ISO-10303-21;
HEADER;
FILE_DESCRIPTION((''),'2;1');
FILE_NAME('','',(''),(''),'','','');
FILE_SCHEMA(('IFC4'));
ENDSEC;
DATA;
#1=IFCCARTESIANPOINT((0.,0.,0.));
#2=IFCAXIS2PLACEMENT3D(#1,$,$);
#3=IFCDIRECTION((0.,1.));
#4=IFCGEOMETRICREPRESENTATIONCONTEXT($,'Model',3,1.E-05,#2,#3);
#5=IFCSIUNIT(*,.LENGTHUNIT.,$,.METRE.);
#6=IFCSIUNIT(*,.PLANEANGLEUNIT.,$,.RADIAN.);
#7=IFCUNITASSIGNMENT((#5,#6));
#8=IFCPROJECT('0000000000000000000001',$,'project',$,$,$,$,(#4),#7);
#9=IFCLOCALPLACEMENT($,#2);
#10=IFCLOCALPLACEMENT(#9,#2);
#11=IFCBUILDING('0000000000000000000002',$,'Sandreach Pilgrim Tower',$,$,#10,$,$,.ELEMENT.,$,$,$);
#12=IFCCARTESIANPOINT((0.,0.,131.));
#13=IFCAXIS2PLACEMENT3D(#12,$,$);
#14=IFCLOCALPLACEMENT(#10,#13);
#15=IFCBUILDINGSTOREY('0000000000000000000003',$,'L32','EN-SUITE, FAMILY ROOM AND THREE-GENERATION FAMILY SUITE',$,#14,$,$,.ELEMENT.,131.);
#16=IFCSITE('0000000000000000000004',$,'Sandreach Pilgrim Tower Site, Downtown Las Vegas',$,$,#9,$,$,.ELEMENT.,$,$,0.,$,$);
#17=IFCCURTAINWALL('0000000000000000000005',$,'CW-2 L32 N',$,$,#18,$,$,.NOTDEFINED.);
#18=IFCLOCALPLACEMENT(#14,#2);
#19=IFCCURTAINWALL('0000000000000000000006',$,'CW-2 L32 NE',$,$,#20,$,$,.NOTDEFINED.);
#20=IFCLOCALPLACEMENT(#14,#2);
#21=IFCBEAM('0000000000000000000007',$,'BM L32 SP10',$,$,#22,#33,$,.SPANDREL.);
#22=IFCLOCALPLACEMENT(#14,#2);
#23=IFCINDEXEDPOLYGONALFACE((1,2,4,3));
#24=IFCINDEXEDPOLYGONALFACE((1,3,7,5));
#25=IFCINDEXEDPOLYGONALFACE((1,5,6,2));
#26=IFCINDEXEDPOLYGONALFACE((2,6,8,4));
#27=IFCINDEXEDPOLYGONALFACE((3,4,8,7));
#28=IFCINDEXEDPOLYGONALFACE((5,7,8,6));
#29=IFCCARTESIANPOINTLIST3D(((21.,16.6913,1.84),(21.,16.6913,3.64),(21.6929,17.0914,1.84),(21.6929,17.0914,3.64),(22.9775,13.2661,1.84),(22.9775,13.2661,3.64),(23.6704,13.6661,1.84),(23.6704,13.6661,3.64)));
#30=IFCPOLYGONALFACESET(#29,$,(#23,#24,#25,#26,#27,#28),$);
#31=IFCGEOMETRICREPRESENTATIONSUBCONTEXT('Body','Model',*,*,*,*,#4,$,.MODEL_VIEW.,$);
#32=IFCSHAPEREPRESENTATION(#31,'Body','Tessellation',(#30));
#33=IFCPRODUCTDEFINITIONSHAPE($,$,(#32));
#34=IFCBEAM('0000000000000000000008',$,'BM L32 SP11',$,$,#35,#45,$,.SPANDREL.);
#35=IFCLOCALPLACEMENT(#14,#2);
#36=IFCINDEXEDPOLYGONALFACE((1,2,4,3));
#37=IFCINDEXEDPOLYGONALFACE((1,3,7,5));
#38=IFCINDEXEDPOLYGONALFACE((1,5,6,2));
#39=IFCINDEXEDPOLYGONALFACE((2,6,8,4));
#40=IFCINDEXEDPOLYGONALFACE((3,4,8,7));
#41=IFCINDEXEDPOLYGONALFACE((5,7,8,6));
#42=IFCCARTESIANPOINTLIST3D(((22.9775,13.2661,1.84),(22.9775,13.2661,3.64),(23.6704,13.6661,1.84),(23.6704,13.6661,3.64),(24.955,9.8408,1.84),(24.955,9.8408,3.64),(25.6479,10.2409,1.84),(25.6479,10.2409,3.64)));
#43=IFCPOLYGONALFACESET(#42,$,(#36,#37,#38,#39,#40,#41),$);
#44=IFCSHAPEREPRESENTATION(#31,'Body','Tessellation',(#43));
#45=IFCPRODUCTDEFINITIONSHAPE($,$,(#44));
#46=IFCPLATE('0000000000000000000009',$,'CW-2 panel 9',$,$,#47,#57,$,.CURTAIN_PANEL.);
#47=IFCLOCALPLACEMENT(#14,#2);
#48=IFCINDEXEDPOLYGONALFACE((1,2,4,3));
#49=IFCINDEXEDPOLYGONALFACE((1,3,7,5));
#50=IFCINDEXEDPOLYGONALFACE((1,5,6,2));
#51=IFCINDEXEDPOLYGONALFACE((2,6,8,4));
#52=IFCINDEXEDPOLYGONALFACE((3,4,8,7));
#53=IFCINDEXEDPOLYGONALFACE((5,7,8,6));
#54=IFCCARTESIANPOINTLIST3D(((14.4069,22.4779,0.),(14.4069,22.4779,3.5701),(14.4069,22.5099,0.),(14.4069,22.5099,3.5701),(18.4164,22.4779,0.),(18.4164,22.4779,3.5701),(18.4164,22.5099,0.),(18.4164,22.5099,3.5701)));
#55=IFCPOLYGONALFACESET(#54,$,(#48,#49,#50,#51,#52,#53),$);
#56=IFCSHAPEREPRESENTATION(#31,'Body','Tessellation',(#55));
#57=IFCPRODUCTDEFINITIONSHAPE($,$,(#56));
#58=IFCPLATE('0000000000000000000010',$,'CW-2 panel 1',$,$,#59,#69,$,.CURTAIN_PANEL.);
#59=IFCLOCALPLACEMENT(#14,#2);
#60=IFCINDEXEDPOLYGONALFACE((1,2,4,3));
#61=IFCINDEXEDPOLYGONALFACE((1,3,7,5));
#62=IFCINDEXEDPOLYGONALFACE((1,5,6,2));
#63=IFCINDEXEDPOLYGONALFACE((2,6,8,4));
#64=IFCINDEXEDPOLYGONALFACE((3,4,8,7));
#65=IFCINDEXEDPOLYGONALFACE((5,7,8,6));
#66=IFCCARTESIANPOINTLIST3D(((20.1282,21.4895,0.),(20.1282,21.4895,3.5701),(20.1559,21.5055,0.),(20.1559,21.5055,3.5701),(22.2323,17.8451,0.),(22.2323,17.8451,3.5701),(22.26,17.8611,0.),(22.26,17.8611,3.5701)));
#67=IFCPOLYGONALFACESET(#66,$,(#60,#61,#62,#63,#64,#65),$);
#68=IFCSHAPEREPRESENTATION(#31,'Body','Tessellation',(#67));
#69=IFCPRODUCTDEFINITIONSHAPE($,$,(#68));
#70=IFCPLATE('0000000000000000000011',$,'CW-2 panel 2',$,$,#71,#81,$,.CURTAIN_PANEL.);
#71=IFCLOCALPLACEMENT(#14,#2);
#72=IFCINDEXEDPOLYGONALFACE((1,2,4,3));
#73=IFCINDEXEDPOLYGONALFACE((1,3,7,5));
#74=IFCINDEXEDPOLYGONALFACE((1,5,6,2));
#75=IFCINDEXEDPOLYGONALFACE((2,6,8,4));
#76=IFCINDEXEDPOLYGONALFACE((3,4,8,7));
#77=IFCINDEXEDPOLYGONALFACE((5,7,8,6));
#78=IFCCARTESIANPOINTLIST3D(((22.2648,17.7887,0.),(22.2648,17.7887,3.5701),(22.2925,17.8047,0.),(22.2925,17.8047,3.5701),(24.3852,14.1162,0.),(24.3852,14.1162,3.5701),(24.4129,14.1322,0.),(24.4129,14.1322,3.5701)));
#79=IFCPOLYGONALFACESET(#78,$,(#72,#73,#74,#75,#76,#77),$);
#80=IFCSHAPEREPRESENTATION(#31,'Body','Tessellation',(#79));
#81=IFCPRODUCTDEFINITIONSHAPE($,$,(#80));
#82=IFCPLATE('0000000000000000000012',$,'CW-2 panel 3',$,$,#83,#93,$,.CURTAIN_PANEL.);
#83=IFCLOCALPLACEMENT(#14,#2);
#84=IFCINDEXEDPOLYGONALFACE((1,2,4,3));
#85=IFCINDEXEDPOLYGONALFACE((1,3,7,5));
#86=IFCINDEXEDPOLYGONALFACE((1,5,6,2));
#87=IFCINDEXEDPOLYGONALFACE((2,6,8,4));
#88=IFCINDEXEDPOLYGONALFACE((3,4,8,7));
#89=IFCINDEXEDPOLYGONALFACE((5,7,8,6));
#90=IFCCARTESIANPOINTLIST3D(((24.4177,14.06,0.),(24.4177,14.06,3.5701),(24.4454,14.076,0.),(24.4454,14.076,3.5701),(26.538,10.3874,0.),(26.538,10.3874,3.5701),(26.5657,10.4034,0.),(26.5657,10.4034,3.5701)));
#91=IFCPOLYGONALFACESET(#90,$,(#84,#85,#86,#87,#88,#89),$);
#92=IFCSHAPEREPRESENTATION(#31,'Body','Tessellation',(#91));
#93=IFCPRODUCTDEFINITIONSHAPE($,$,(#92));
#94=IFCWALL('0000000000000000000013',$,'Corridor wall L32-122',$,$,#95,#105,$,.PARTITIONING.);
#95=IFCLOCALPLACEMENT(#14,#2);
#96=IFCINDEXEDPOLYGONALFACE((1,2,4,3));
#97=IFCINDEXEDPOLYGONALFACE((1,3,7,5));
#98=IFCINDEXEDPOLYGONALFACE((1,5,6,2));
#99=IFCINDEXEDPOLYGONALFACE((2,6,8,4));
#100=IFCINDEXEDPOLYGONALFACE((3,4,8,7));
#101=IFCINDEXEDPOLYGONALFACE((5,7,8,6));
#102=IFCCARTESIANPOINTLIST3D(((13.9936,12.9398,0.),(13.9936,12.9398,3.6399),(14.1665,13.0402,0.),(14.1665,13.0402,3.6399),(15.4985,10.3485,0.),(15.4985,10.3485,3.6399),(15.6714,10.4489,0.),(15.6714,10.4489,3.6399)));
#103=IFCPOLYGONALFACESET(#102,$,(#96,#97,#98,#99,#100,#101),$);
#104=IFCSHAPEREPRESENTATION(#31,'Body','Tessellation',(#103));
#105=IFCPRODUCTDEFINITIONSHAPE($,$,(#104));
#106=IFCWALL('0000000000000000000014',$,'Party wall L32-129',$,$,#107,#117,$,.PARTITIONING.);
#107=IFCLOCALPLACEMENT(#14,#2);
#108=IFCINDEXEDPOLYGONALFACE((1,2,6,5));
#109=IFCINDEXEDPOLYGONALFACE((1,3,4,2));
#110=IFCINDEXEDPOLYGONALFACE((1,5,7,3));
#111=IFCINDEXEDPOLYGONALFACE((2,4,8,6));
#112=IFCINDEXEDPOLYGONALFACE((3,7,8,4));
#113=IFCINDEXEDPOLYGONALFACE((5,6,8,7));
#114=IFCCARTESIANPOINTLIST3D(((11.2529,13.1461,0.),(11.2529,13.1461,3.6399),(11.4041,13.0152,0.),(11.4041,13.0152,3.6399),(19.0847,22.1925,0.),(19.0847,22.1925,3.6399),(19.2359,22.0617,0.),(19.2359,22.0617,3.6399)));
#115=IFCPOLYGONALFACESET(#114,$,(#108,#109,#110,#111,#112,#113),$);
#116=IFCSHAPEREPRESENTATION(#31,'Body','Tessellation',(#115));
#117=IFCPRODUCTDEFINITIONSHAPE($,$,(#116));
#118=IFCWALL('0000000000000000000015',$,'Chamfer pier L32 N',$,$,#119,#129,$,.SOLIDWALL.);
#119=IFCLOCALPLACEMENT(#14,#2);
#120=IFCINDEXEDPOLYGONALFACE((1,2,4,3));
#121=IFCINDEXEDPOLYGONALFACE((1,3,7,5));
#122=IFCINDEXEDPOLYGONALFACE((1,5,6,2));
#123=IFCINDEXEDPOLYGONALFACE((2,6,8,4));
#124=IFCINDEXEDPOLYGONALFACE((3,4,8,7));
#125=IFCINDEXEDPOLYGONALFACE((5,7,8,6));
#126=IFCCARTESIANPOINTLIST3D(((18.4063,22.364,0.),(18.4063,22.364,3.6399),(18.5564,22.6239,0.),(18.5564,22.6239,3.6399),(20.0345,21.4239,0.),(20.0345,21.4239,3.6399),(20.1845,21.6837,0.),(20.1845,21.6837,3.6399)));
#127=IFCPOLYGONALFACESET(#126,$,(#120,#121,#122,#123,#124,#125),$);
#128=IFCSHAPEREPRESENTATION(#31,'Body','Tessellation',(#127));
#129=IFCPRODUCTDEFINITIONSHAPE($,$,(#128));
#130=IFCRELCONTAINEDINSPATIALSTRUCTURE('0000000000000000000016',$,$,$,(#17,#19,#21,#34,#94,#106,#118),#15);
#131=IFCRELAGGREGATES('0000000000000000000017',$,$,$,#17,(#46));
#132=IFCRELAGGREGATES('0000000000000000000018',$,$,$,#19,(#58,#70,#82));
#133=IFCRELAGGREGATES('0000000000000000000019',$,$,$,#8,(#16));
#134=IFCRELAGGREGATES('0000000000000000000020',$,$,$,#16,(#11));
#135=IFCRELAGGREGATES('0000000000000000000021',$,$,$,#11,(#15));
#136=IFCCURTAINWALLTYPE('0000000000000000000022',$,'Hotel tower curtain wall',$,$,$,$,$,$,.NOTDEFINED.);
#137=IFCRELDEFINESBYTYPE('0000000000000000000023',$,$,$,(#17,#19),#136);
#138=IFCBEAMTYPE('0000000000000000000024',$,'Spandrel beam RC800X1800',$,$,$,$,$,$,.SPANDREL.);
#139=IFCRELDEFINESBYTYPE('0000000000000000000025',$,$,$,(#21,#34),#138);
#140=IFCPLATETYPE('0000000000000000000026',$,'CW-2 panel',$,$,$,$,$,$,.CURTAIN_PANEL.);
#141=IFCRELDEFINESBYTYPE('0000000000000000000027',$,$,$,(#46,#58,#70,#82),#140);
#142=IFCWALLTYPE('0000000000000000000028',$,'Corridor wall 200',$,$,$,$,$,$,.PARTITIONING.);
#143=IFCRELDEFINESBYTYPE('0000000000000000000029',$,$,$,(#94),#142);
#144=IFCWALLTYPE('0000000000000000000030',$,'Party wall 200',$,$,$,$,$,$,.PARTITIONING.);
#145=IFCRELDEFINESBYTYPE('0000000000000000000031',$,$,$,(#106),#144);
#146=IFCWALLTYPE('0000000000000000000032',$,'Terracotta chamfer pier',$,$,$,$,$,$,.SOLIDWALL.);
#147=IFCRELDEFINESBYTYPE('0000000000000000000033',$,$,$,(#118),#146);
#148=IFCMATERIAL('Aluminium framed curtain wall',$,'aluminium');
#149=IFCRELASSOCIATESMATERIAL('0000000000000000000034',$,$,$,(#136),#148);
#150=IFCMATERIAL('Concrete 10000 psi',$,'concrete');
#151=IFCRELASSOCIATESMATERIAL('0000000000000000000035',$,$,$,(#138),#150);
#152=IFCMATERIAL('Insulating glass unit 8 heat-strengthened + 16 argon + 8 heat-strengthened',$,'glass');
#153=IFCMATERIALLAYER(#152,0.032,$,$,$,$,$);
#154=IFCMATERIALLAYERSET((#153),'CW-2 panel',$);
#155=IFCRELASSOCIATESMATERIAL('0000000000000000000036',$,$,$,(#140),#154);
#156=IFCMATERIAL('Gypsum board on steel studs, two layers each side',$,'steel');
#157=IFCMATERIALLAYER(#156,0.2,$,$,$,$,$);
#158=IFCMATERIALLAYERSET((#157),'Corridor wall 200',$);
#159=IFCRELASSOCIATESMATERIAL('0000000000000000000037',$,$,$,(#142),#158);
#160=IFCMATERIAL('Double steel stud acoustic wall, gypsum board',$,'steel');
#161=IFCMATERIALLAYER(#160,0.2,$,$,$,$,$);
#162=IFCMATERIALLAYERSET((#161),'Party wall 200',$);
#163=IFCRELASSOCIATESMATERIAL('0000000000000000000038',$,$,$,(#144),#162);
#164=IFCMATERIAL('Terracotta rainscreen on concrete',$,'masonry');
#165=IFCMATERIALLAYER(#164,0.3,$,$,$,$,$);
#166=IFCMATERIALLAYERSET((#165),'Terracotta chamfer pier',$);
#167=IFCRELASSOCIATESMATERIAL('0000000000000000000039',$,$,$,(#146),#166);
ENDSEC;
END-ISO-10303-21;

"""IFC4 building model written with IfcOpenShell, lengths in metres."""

from ifc_helpers import new_model, si_unit, direction, frame, frame_2d, origin, origin_2d, place, context, subcontext, project, spatial, rectangle, extrude, material, layer, layer_set, material_profile, profile_set, type_object, element, aggregate, save


model = new_model("IFC4")

# Units and contexts
model_context = context("Model", 3, precision=1e-05, world=origin(), true_north=direction((0.0, 1.0)))
body_context = subcontext(model_context, "Body", "Model", "MODEL_VIEW")
ifc_project = project(units=[si_unit("LENGTHUNIT", "METRE"), si_unit("PLANEANGLEUNIT", "RADIAN")], contexts=[model_context])

# Site, building, storey
site_placement = place(None, origin())
site = spatial("IfcSite", under=ifc_project, at=site_placement, Name="Sandreach Pilgrim Tower Site, Downtown Las Vegas", CompositionType="ELEMENT", RefElevation=0.0)
building_placement = place(site_placement, origin())
building = spatial("IfcBuilding", under=site, at=building_placement, Name="Sandreach Pilgrim Tower", CompositionType="ELEMENT")
storey_placement = place(building_placement, frame((0.0, 0.0, 131.0)))
storey = spatial("IfcBuildingStorey", under=building, at=storey_placement, Name="L32", Description="EN-SUITE, FAMILY ROOM AND THREE-GENERATION FAMILY SUITE", CompositionType="ELEMENT", Elevation=131.0)

# Curtain wall
ifc_material_1 = material(Name="Aluminium framed curtain wall", Category="aluminium")
curtain_wall_type = type_object("IfcCurtainWallType", Name="Hotel tower curtain wall", PredefinedType="NOTDEFINED", material=ifc_material_1)
curtain_wall_1_placement = place(storey_placement, origin())
curtain_wall_1 = element("IfcCurtainWall", 1, at=curtain_wall_1_placement, inside=storey, type_object=curtain_wall_type, Name="CW-2 L32 N", PredefinedType="NOTDEFINED")

# Curtain wall
curtain_wall_2_placement = place(storey_placement, origin())
curtain_wall_2 = element("IfcCurtainWall", 2, at=curtain_wall_2_placement, inside=storey, type_object=curtain_wall_type, Name="CW-2 L32 NE", PredefinedType="NOTDEFINED")

# Beams
ifc_material_2 = material(Name="Concrete 10000 psi", Category="concrete")
ifc_material_profile_1 = material_profile(ifc_material_2, rectangle(XDim=0.8, YDim=1.8, at=origin_2d()), Name="RC800X1800")
ifc_profile_set_1 = profile_set([ifc_material_profile_1], Name="Concrete 10000 psi")
beam_type_1 = type_object("IfcBeamType", Name="Spandrel beam RC800X1800", PredefinedType="SPANDREL", material=ifc_profile_set_1)
for number, where, z_axis, x_axis, name in (
    (3, (21.3464, 16.8914, 2.74), (0.49999, -0.866031, 0.0), (0.866031, 0.49999, 0.0), "BM L32 SP10"),
    (4, (23.324, 13.4661, 2.74), (0.49999, -0.866031, 0.0), (0.866031, 0.49999, 0.0), "BM L32 SP11"),
):
    element("IfcBeam", number, at=place(storey_placement, frame(where, z_axis=z_axis, x_axis=x_axis)), inside=storey, type_object=beam_type_1, Name=name, PredefinedType="SPANDREL", context=body_context, shape_type="SweptSolid", body=[
        extrude(rectangle(XDim=0.8, YDim=1.8, at=origin_2d()), origin(), (0.0, 0.0, 1.0), 3.9551),
    ])

# Plates
ifc_material_3 = material(Name="Insulating glass unit 8 heat-strengthened + 16 argon + 8 heat-strengthened", Category="glass")
ifc_layer_1 = layer(ifc_material_3, 0.032)
ifc_layer_set_1 = layer_set([ifc_layer_1], Name="CW-2 panel")
plate_type = type_object("IfcPlateType", Name="CW-2 panel", PredefinedType="CURTAIN_PANEL", material=ifc_layer_set_1)
plate_1_placement = place(storey_placement, frame((16.4116, 22.4939, 0.0), z_axis=(0.0, 0.0, 1.0), x_axis=(1.0, 0.0, 0.0)))
plate_1 = element("IfcPlate", 5, at=plate_1_placement, type_object=plate_type, Name="CW-2 panel 9", PredefinedType="CURTAIN_PANEL", context=body_context, shape_type="SweptSolid", body=[
    extrude(rectangle(XDim=4.0095, YDim=0.032, at=origin_2d()), origin(), (0.0, 0.0, 1.0), 3.5701),
])
aggregate(curtain_wall_1, [plate_1])
plate_2_placement = place(storey_placement, frame((21.1941, 19.6753, 0.0), z_axis=(0.0, 0.0, 1.0), x_axis=(0.5, -0.866025, 0.0)))
plate_2 = element("IfcPlate", 6, at=plate_2_placement, type_object=plate_type, Name="CW-2 panel 1", PredefinedType="CURTAIN_PANEL", context=body_context, shape_type="SweptSolid", body=[
    extrude(rectangle(XDim=4.2083, YDim=0.032, at=origin_2d()), origin(), (0.0, 0.0, 1.0), 3.5701),
])
plate_3_placement = place(storey_placement, frame((23.3389, 15.9604, 0.0), z_axis=(0.0, 0.0, 1.0), x_axis=(0.5, -0.866025, 0.0)))
plate_3 = element("IfcPlate", 7, at=plate_3_placement, type_object=plate_type, Name="CW-2 panel 2", PredefinedType="CURTAIN_PANEL", context=body_context, shape_type="SweptSolid", body=[
    extrude(rectangle(XDim=4.2407, YDim=0.032, at=origin_2d()), origin(), (0.0, 0.0, 1.0), 3.5701),
])
plate_4_placement = place(storey_placement, frame((25.4917, 12.2317, 0.0), z_axis=(0.0, 0.0, 1.0), x_axis=(0.5, -0.866025, 0.0)))
plate_4 = element("IfcPlate", 8, at=plate_4_placement, type_object=plate_type, Name="CW-2 panel 3", PredefinedType="CURTAIN_PANEL", context=body_context, shape_type="SweptSolid", body=[
    extrude(rectangle(XDim=4.2407, YDim=0.032, at=origin_2d()), origin(), (0.0, 0.0, 1.0), 3.5701),
])
aggregate(curtain_wall_2, [plate_2, plate_3, plate_4])

# Wall
ifc_material_4 = material(Name="Gypsum board on steel studs, two layers each side", Category="steel")
ifc_layer_2 = layer(ifc_material_4, 0.2)
ifc_layer_set_2 = layer_set([ifc_layer_2], Name="Corridor wall 200")
wall_type_1 = type_object("IfcWallType", Name="Corridor wall 200", PredefinedType="PARTITIONING", material=ifc_layer_set_2)
wall_1_placement = place(storey_placement, frame((15.585, 10.3987, 0.0), z_axis=(0.0, 0.0, 1.0), x_axis=(-0.502198, 0.864752, 0.0)))
element("IfcWall", 9, at=wall_1_placement, inside=storey, type_object=wall_type_1, Name="Corridor wall L32-122", PredefinedType="PARTITIONING", context=body_context, shape_type="SweptSolid", body=[
    extrude(rectangle(XDim=2.9966, YDim=0.2, at=frame_2d((1.4983, 0.0))), origin(), (0.0, 0.0, 1.0), 3.6399),
])

# Walls
ifc_material_5 = material(Name="Double steel stud acoustic wall, gypsum board", Category="steel")
ifc_layer_3 = layer(ifc_material_5, 0.2)
ifc_layer_set_3 = layer_set([ifc_layer_3], Name="Party wall 200")
wall_type_2 = type_object("IfcWallType", Name="Party wall 200", PredefinedType="PARTITIONING", material=ifc_layer_set_3)
wall_2_placement = place(storey_placement, frame((19.1604, 22.1272, 0.0), z_axis=(0.0, 0.0, 1.0), x_axis=(-0.654529, -0.756037, 0.0)))
element("IfcWall", 10, at=wall_2_placement, inside=storey, type_object=wall_type_2, Name="Party wall L32-129", PredefinedType="PARTITIONING", context=body_context, shape_type="SweptSolid", body=[
    extrude(rectangle(XDim=11.9656, YDim=0.2, at=frame_2d((5.9829, 0.0))), origin(), (0.0, 0.0, 1.0), 3.6399),
])
ifc_material_6 = material(Name="Terracotta rainscreen on concrete", Category="masonry")
ifc_layer_4 = layer(ifc_material_6, 0.3)
ifc_layer_set_4 = layer_set([ifc_layer_4], Name="Terracotta chamfer pier")
wall_type_3 = type_object("IfcWallType", Name="Terracotta chamfer pier", PredefinedType="SOLIDWALL", material=ifc_layer_set_4)
wall_3_placement = place(storey_placement, frame((18.4814, 22.4939, 0.0), z_axis=(0.0, 0.0, 1.0), x_axis=(0.865989, -0.500063, 0.0)))
element("IfcWall", 11, at=wall_3_placement, inside=storey, type_object=wall_type_3, Name="Chamfer pier L32 N", PredefinedType="SOLIDWALL", context=body_context, shape_type="SweptSolid", body=[
    extrude(rectangle(XDim=1.8801, YDim=0.3, at=frame_2d((0.9399, 0.0))), origin(), (0.0, 0.0, 1.0), 3.6399),
])

save(model, "model.ifc")
